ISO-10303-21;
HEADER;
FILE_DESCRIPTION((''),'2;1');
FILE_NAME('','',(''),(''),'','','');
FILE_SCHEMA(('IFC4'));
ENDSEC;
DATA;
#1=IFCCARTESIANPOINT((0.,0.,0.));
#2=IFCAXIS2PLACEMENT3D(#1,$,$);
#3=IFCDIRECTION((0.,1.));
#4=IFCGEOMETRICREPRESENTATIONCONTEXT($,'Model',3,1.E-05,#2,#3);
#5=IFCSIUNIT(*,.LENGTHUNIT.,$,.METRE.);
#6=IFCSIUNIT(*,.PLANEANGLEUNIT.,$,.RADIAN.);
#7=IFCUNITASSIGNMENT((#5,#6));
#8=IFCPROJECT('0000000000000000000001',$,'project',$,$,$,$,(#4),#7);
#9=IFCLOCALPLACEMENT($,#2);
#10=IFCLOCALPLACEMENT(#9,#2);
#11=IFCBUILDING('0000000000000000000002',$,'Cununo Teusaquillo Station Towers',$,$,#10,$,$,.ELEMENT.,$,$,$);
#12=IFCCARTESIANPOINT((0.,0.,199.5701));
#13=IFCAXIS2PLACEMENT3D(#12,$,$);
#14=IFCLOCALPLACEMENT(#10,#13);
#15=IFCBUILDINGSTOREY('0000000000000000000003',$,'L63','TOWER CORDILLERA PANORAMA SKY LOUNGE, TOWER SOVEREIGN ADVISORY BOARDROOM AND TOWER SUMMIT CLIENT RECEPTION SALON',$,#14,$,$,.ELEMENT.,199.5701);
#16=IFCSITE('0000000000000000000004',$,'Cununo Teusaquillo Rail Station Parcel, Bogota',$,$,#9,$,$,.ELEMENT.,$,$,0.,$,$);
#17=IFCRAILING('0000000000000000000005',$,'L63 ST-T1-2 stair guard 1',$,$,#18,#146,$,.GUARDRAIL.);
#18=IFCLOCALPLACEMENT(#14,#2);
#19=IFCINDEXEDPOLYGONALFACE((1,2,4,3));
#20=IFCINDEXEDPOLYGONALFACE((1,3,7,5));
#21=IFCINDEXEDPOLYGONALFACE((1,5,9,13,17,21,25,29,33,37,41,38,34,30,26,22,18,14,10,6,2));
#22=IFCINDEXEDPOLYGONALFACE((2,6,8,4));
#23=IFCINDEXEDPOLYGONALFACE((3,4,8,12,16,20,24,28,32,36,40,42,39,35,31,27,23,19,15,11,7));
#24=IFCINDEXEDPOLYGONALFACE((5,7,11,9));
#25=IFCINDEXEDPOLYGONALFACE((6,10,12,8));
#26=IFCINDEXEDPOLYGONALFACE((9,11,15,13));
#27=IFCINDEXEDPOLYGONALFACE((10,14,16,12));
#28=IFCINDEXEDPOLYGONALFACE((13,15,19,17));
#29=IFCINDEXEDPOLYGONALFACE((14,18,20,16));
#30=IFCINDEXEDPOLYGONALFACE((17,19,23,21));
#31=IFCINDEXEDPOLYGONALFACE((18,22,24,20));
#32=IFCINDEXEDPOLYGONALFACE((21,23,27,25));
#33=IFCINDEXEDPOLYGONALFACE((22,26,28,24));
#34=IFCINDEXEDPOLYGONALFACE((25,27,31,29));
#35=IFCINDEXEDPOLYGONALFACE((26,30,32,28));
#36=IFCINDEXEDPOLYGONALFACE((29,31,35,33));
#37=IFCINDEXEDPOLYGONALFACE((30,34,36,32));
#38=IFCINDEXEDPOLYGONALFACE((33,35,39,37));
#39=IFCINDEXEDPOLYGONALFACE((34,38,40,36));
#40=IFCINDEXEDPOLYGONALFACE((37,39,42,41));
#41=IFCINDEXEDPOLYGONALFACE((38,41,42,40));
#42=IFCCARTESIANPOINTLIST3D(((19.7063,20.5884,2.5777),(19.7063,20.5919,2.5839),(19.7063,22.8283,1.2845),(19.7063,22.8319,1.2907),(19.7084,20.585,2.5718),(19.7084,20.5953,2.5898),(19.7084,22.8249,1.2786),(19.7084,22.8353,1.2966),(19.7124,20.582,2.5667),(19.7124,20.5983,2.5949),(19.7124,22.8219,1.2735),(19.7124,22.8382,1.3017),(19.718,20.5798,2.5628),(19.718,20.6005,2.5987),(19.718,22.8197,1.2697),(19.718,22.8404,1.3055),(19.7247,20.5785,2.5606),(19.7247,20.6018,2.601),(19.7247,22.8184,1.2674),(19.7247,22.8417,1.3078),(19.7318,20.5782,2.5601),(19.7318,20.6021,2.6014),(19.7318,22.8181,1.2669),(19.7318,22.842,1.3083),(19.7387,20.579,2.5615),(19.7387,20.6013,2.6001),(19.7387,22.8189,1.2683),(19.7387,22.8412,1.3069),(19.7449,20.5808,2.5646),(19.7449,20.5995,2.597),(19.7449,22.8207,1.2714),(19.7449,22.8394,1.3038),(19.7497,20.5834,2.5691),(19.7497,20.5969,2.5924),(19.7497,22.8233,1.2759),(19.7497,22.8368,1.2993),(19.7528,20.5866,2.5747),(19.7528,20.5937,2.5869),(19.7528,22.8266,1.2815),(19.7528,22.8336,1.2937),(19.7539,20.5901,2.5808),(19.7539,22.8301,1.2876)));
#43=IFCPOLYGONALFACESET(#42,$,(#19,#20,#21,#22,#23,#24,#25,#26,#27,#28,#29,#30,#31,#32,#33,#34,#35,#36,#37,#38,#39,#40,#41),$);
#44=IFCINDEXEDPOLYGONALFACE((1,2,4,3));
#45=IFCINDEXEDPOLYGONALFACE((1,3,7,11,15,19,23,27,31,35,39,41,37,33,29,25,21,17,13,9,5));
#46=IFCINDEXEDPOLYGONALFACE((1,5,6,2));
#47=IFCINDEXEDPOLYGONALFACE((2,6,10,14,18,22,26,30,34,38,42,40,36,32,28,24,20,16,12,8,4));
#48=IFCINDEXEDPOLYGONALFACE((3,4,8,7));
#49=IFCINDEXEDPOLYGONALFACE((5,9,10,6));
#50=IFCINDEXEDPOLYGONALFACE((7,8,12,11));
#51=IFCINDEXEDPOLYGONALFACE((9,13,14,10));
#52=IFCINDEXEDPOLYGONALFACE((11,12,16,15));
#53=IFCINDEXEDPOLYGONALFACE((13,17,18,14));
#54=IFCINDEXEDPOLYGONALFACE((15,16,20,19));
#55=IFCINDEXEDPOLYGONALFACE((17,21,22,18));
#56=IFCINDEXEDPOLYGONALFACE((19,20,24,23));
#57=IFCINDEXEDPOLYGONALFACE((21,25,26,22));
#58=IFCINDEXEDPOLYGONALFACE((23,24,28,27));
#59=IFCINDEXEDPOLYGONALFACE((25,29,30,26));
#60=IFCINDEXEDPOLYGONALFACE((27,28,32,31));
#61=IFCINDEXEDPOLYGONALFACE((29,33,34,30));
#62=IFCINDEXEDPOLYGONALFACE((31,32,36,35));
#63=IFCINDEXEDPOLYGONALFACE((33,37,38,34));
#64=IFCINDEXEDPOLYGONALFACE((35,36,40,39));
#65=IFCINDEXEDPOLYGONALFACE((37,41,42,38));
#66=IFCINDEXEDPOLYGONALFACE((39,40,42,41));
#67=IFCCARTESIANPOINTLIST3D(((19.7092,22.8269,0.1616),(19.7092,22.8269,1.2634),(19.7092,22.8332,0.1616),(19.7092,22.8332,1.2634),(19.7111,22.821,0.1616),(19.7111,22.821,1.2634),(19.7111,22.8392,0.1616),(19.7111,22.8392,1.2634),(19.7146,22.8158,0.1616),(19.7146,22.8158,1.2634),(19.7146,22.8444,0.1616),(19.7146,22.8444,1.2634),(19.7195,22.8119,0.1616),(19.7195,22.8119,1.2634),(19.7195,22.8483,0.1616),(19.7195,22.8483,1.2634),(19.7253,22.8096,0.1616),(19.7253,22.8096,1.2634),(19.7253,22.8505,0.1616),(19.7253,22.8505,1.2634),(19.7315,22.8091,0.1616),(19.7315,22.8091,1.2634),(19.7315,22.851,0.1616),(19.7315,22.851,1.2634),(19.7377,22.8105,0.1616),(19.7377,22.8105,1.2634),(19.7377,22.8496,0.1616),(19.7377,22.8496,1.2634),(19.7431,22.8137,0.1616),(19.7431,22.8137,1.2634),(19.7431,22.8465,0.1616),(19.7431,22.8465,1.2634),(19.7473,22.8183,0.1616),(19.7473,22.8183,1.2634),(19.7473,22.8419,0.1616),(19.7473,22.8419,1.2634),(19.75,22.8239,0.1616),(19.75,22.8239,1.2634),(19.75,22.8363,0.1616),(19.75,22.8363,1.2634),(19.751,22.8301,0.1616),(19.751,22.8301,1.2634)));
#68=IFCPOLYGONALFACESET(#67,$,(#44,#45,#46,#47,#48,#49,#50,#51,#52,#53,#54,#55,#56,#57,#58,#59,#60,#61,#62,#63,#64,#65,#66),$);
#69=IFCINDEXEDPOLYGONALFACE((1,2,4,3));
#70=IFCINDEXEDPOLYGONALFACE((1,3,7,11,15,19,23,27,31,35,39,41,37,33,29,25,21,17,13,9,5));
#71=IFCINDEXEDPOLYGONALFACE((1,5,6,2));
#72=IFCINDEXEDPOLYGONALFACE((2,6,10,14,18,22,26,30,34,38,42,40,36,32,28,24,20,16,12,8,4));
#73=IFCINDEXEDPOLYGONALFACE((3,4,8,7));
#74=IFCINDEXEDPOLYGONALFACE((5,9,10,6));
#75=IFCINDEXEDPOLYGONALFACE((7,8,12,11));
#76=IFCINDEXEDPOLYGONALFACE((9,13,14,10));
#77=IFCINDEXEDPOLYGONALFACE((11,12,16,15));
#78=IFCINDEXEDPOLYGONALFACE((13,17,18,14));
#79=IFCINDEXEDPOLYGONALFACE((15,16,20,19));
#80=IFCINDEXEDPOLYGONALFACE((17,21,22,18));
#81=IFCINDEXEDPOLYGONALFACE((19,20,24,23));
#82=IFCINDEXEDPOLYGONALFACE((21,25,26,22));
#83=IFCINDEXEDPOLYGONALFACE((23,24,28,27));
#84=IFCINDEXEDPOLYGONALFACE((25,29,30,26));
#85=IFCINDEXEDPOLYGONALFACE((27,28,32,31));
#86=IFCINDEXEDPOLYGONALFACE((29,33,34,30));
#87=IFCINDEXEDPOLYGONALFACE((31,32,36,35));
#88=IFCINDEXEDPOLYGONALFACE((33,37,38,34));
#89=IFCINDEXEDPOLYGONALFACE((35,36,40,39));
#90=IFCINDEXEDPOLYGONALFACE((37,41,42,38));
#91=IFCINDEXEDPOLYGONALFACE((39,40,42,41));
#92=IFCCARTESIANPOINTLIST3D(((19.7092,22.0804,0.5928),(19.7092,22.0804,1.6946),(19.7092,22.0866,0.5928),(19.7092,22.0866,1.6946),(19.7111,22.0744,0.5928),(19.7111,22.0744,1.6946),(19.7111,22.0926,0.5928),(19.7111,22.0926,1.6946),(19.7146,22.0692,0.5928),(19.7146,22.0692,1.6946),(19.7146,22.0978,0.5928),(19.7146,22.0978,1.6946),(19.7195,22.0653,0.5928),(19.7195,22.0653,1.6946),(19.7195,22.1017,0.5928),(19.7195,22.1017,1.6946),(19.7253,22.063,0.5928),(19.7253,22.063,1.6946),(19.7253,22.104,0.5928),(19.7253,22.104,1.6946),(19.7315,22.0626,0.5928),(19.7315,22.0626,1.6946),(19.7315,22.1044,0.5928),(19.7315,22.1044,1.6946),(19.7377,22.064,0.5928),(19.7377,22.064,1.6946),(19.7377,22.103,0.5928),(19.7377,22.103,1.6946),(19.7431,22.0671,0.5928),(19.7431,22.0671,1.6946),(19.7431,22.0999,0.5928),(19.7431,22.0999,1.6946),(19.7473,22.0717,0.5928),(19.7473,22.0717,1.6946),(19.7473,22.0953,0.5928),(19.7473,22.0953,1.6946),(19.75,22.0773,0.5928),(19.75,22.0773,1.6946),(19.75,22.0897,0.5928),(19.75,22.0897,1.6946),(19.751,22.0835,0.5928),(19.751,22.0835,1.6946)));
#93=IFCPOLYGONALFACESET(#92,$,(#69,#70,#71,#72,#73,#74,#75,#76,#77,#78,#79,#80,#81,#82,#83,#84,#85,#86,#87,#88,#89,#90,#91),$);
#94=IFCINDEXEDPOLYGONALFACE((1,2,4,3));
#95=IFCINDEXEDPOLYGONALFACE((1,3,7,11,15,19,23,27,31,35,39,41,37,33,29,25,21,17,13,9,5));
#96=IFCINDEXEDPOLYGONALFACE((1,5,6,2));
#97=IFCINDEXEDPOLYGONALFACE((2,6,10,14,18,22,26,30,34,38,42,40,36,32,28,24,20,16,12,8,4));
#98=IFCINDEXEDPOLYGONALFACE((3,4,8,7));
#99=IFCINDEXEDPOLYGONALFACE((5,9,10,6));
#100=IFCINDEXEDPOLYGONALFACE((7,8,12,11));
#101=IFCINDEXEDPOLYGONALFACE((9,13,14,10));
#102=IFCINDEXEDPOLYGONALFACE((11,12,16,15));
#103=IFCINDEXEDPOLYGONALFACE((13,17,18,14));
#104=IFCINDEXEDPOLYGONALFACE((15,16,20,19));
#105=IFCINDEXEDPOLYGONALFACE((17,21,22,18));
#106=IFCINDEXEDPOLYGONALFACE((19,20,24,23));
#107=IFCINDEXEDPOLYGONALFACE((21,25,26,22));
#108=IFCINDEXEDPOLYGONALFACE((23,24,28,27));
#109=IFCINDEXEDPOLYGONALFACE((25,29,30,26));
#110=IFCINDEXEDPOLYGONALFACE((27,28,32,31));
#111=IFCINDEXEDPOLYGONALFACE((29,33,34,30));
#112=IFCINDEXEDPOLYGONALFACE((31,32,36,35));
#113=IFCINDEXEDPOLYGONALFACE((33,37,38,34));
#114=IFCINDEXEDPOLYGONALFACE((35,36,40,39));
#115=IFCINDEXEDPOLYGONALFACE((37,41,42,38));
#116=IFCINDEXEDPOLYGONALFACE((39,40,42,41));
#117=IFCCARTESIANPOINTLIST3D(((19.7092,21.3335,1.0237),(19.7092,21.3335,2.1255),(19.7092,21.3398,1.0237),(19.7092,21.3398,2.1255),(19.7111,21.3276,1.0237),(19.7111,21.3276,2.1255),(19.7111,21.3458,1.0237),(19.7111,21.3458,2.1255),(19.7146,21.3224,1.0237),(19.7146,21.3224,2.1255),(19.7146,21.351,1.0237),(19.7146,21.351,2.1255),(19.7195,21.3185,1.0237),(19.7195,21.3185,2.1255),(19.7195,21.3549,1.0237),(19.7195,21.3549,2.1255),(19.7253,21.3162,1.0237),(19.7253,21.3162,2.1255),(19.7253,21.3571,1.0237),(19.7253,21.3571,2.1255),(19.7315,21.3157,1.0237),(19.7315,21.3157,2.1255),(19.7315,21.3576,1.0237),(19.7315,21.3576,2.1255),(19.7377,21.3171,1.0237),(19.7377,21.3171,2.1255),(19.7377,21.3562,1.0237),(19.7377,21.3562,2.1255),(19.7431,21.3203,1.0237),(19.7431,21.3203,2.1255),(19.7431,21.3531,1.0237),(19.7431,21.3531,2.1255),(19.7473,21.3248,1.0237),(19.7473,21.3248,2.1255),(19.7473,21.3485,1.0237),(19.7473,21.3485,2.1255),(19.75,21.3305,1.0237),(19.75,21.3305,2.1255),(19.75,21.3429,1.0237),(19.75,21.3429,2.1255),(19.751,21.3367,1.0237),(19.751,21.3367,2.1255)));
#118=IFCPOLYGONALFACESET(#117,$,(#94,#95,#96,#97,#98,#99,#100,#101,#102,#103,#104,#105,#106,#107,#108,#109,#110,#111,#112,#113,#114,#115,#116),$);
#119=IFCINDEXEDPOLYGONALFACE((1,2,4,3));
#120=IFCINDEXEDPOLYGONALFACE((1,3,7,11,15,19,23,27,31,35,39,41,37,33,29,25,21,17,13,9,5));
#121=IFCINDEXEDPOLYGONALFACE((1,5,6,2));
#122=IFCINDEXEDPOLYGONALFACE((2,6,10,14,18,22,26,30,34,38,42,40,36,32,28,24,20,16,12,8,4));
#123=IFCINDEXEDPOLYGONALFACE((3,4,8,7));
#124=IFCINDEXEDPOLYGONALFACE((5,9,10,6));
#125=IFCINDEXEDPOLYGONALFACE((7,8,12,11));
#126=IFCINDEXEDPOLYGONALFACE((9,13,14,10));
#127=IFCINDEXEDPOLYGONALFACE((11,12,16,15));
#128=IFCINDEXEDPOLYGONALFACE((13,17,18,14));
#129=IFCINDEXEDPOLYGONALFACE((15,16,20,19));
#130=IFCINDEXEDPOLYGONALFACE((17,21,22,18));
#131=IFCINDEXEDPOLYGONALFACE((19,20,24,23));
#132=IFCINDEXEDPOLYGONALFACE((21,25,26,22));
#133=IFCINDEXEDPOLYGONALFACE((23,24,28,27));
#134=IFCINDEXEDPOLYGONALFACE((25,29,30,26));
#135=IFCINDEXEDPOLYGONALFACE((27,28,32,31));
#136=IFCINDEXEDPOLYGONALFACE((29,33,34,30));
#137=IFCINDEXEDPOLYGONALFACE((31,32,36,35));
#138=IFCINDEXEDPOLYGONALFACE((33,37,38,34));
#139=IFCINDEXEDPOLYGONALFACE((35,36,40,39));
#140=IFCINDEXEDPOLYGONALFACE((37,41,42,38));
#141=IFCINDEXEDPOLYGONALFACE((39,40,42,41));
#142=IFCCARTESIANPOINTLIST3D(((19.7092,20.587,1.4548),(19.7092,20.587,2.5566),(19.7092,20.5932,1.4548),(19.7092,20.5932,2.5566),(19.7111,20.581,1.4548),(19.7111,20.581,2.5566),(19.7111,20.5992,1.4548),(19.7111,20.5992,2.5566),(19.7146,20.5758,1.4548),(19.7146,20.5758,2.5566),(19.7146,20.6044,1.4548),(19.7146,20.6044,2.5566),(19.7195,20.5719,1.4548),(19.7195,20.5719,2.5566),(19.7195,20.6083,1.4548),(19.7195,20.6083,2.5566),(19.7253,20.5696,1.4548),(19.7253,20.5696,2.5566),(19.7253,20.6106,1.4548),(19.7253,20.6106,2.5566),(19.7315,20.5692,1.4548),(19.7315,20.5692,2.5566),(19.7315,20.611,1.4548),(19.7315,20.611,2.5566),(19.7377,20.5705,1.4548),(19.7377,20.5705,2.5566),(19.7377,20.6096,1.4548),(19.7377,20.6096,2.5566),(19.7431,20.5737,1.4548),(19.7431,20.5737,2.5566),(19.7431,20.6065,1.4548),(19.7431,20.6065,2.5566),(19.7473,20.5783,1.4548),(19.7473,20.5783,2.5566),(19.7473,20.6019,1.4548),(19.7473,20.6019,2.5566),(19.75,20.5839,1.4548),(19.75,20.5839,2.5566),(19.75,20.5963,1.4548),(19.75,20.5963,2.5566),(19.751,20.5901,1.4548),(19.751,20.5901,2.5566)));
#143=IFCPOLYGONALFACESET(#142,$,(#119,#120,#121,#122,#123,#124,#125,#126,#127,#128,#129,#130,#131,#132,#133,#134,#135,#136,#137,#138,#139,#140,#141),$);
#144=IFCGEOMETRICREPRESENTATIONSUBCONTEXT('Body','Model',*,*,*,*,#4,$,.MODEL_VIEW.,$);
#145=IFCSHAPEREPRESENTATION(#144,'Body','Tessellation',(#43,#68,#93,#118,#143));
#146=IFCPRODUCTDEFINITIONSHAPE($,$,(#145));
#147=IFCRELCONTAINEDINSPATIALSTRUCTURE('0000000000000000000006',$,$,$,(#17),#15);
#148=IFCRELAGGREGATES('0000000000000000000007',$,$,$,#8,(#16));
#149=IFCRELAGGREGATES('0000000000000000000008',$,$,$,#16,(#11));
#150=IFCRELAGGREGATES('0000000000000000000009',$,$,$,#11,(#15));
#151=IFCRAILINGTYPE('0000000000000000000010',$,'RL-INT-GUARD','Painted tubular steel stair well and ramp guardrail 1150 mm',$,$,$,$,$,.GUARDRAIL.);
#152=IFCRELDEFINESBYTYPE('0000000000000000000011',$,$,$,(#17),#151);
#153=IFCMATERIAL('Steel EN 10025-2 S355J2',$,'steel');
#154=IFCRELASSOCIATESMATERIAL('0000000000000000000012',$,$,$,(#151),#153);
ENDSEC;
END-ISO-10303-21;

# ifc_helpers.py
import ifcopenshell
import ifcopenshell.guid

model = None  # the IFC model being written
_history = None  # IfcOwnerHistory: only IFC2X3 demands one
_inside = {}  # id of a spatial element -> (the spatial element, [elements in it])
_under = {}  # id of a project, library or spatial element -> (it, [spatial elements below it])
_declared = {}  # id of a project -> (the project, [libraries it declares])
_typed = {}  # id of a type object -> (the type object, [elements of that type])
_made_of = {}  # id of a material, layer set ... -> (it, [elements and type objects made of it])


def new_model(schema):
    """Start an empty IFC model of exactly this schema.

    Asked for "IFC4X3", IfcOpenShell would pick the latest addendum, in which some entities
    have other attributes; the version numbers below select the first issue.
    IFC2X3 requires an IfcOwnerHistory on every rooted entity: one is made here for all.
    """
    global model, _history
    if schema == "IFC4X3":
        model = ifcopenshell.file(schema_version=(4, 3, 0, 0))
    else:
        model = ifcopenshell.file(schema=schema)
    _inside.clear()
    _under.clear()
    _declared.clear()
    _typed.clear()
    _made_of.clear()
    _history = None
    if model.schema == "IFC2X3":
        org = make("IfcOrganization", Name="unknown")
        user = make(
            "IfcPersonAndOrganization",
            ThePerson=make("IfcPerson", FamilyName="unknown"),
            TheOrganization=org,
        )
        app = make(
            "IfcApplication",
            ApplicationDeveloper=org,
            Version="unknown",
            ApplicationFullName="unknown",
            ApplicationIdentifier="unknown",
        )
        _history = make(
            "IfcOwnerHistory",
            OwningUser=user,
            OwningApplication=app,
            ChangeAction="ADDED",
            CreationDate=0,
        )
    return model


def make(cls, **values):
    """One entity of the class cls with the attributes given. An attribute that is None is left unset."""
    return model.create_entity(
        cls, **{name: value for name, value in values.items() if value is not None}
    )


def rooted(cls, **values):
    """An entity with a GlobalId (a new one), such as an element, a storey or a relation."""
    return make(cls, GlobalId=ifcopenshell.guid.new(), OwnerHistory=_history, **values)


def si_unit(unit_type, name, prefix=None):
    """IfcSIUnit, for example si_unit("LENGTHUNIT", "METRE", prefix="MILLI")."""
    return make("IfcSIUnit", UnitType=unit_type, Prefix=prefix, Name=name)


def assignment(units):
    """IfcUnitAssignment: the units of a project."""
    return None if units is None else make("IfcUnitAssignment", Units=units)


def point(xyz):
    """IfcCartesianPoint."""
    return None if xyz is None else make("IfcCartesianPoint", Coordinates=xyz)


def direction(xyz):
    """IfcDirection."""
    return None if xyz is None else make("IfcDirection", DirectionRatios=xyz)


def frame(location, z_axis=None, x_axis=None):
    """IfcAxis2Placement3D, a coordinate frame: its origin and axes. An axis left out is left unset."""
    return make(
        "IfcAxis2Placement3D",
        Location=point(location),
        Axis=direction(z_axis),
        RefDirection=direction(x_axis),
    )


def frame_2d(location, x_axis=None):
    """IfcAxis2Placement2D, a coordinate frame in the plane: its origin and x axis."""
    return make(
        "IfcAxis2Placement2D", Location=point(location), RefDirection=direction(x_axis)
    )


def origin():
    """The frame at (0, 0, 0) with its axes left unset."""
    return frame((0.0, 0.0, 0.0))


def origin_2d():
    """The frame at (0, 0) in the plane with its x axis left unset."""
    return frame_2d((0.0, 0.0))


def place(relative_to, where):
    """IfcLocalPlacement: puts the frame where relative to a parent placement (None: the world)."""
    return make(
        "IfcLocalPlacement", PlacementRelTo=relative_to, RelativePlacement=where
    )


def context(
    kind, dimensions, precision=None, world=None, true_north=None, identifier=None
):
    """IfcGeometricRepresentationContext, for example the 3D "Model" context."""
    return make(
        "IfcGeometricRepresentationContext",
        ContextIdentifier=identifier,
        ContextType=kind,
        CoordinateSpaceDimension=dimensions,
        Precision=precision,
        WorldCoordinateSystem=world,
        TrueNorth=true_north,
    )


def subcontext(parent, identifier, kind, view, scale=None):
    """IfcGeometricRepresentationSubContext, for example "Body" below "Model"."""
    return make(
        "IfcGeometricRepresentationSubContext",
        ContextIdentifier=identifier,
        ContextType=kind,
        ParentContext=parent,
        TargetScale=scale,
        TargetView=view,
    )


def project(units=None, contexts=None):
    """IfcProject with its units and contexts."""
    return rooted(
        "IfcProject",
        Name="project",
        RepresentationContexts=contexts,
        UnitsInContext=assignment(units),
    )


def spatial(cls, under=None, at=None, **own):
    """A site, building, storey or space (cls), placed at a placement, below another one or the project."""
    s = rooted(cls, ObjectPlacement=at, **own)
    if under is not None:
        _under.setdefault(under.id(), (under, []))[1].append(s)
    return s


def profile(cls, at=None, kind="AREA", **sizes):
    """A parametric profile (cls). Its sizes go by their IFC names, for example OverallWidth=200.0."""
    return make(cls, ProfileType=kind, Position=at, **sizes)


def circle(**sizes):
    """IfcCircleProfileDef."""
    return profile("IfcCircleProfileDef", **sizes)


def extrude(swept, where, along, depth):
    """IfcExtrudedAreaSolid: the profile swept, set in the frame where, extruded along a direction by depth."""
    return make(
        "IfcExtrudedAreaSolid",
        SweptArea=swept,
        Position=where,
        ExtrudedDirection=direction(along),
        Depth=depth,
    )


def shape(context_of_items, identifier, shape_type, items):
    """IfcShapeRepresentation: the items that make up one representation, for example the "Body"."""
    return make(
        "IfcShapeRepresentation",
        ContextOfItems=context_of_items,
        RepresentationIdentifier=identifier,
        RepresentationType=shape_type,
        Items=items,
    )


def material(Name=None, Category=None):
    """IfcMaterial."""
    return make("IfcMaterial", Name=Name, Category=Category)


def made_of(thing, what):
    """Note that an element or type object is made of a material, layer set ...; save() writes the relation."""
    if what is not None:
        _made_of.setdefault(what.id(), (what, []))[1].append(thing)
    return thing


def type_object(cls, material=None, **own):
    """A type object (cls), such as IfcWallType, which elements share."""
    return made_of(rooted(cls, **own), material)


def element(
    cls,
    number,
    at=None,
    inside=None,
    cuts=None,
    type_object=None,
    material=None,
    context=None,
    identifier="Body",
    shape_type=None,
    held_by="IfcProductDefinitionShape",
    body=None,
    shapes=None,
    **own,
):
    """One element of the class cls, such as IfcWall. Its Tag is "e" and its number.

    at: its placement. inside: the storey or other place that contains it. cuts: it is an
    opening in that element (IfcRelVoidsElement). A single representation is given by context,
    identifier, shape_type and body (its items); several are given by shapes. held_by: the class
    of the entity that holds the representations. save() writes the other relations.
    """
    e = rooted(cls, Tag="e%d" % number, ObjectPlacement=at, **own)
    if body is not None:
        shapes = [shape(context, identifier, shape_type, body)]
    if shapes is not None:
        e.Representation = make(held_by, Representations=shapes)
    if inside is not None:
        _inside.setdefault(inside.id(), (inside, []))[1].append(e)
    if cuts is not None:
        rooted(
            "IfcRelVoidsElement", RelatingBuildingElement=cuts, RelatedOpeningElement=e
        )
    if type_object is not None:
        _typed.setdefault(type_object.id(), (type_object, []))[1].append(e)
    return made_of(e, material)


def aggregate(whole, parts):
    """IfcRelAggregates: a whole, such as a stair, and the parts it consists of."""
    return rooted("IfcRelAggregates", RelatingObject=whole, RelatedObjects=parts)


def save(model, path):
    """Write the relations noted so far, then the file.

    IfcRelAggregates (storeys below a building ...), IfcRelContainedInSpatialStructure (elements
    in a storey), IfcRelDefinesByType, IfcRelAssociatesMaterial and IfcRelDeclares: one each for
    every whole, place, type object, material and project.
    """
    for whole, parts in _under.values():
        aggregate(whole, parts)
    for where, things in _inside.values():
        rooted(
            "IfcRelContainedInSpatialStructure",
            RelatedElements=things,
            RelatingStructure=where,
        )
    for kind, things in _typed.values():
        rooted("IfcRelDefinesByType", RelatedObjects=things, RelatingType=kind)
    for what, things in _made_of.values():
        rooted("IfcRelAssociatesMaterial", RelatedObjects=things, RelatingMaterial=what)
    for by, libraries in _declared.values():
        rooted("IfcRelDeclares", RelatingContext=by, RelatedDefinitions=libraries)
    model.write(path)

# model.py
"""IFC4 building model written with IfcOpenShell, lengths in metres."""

from ifc_helpers import new_model, si_unit, direction, frame, origin, origin_2d, place, context, subcontext, project, spatial, circle, extrude, material, type_object, element, save


model = new_model("IFC4")

# Units and contexts
model_context = context("Model", 3, precision=1e-05, world=origin(), true_north=direction((0.0, 1.0)))
body_context = subcontext(model_context, "Body", "Model", "MODEL_VIEW")
ifc_project = project(units=[si_unit("LENGTHUNIT", "METRE"), si_unit("PLANEANGLEUNIT", "RADIAN")], contexts=[model_context])

# Site, building, storey
site_placement = place(None, origin())
site = spatial("IfcSite", under=ifc_project, at=site_placement, Name="Cununo Teusaquillo Rail Station Parcel, Bogota", CompositionType="ELEMENT", RefElevation=0.0)
building_placement = place(site_placement, origin())
building = spatial("IfcBuilding", under=site, at=building_placement, Name="Cununo Teusaquillo Station Towers", CompositionType="ELEMENT")
storey_placement = place(building_placement, frame((0.0, 0.0, 199.5701)))
storey = spatial("IfcBuildingStorey", under=building, at=storey_placement, Name="L63", Description="TOWER CORDILLERA PANORAMA SKY LOUNGE, TOWER SOVEREIGN ADVISORY BOARDROOM AND TOWER SUMMIT CLIENT RECEPTION SALON", CompositionType="ELEMENT", Elevation=199.5701)

# Railing
ifc_material_1 = material(Name="Steel EN 10025-2 S355J2", Category="steel")
railing_type = type_object("IfcRailingType", Name="RL-INT-GUARD", Description="Painted tubular steel stair well and ramp guardrail 1150 mm", PredefinedType="GUARDRAIL", material=ifc_material_1)
railing_1_placement = place(storey_placement, frame((19.73, 22.8301, 0.1616)))
element("IfcRailing", 1, at=railing_1_placement, inside=storey, type_object=railing_type, Name="L63 ST-T1-2 stair guard 1", PredefinedType="GUARDRAIL", context=body_context, shape_type="SweptSolid", body=[
    extrude(circle(Radius=0.0239, at=origin_2d()), frame((0.0, 0.0, 1.126), z_axis=(0.0, -0.866033, 0.499987), x_axis=(1.0, 0.0, 0.0)), (0.0, 0.0, 1.0), 2.5864),
    extrude(circle(Radius=0.021, at=origin_2d()), origin(), (0.0, 0.0, 1.0), 1.1018),
    extrude(circle(Radius=0.021, at=origin_2d()), frame((0.0, -0.7466, 0.4312)), (0.0, 0.0, 1.0), 1.1018),
    extrude(circle(Radius=0.021, at=origin_2d()), frame((0.0, -1.4934, 0.8621)), (0.0, 0.0, 1.0), 1.1018),
    extrude(circle(Radius=0.021, at=origin_2d()), frame((0.0, -2.24, 1.2932)), (0.0, 0.0, 1.0), 1.1018),
])

save(model, "model.ifc")
